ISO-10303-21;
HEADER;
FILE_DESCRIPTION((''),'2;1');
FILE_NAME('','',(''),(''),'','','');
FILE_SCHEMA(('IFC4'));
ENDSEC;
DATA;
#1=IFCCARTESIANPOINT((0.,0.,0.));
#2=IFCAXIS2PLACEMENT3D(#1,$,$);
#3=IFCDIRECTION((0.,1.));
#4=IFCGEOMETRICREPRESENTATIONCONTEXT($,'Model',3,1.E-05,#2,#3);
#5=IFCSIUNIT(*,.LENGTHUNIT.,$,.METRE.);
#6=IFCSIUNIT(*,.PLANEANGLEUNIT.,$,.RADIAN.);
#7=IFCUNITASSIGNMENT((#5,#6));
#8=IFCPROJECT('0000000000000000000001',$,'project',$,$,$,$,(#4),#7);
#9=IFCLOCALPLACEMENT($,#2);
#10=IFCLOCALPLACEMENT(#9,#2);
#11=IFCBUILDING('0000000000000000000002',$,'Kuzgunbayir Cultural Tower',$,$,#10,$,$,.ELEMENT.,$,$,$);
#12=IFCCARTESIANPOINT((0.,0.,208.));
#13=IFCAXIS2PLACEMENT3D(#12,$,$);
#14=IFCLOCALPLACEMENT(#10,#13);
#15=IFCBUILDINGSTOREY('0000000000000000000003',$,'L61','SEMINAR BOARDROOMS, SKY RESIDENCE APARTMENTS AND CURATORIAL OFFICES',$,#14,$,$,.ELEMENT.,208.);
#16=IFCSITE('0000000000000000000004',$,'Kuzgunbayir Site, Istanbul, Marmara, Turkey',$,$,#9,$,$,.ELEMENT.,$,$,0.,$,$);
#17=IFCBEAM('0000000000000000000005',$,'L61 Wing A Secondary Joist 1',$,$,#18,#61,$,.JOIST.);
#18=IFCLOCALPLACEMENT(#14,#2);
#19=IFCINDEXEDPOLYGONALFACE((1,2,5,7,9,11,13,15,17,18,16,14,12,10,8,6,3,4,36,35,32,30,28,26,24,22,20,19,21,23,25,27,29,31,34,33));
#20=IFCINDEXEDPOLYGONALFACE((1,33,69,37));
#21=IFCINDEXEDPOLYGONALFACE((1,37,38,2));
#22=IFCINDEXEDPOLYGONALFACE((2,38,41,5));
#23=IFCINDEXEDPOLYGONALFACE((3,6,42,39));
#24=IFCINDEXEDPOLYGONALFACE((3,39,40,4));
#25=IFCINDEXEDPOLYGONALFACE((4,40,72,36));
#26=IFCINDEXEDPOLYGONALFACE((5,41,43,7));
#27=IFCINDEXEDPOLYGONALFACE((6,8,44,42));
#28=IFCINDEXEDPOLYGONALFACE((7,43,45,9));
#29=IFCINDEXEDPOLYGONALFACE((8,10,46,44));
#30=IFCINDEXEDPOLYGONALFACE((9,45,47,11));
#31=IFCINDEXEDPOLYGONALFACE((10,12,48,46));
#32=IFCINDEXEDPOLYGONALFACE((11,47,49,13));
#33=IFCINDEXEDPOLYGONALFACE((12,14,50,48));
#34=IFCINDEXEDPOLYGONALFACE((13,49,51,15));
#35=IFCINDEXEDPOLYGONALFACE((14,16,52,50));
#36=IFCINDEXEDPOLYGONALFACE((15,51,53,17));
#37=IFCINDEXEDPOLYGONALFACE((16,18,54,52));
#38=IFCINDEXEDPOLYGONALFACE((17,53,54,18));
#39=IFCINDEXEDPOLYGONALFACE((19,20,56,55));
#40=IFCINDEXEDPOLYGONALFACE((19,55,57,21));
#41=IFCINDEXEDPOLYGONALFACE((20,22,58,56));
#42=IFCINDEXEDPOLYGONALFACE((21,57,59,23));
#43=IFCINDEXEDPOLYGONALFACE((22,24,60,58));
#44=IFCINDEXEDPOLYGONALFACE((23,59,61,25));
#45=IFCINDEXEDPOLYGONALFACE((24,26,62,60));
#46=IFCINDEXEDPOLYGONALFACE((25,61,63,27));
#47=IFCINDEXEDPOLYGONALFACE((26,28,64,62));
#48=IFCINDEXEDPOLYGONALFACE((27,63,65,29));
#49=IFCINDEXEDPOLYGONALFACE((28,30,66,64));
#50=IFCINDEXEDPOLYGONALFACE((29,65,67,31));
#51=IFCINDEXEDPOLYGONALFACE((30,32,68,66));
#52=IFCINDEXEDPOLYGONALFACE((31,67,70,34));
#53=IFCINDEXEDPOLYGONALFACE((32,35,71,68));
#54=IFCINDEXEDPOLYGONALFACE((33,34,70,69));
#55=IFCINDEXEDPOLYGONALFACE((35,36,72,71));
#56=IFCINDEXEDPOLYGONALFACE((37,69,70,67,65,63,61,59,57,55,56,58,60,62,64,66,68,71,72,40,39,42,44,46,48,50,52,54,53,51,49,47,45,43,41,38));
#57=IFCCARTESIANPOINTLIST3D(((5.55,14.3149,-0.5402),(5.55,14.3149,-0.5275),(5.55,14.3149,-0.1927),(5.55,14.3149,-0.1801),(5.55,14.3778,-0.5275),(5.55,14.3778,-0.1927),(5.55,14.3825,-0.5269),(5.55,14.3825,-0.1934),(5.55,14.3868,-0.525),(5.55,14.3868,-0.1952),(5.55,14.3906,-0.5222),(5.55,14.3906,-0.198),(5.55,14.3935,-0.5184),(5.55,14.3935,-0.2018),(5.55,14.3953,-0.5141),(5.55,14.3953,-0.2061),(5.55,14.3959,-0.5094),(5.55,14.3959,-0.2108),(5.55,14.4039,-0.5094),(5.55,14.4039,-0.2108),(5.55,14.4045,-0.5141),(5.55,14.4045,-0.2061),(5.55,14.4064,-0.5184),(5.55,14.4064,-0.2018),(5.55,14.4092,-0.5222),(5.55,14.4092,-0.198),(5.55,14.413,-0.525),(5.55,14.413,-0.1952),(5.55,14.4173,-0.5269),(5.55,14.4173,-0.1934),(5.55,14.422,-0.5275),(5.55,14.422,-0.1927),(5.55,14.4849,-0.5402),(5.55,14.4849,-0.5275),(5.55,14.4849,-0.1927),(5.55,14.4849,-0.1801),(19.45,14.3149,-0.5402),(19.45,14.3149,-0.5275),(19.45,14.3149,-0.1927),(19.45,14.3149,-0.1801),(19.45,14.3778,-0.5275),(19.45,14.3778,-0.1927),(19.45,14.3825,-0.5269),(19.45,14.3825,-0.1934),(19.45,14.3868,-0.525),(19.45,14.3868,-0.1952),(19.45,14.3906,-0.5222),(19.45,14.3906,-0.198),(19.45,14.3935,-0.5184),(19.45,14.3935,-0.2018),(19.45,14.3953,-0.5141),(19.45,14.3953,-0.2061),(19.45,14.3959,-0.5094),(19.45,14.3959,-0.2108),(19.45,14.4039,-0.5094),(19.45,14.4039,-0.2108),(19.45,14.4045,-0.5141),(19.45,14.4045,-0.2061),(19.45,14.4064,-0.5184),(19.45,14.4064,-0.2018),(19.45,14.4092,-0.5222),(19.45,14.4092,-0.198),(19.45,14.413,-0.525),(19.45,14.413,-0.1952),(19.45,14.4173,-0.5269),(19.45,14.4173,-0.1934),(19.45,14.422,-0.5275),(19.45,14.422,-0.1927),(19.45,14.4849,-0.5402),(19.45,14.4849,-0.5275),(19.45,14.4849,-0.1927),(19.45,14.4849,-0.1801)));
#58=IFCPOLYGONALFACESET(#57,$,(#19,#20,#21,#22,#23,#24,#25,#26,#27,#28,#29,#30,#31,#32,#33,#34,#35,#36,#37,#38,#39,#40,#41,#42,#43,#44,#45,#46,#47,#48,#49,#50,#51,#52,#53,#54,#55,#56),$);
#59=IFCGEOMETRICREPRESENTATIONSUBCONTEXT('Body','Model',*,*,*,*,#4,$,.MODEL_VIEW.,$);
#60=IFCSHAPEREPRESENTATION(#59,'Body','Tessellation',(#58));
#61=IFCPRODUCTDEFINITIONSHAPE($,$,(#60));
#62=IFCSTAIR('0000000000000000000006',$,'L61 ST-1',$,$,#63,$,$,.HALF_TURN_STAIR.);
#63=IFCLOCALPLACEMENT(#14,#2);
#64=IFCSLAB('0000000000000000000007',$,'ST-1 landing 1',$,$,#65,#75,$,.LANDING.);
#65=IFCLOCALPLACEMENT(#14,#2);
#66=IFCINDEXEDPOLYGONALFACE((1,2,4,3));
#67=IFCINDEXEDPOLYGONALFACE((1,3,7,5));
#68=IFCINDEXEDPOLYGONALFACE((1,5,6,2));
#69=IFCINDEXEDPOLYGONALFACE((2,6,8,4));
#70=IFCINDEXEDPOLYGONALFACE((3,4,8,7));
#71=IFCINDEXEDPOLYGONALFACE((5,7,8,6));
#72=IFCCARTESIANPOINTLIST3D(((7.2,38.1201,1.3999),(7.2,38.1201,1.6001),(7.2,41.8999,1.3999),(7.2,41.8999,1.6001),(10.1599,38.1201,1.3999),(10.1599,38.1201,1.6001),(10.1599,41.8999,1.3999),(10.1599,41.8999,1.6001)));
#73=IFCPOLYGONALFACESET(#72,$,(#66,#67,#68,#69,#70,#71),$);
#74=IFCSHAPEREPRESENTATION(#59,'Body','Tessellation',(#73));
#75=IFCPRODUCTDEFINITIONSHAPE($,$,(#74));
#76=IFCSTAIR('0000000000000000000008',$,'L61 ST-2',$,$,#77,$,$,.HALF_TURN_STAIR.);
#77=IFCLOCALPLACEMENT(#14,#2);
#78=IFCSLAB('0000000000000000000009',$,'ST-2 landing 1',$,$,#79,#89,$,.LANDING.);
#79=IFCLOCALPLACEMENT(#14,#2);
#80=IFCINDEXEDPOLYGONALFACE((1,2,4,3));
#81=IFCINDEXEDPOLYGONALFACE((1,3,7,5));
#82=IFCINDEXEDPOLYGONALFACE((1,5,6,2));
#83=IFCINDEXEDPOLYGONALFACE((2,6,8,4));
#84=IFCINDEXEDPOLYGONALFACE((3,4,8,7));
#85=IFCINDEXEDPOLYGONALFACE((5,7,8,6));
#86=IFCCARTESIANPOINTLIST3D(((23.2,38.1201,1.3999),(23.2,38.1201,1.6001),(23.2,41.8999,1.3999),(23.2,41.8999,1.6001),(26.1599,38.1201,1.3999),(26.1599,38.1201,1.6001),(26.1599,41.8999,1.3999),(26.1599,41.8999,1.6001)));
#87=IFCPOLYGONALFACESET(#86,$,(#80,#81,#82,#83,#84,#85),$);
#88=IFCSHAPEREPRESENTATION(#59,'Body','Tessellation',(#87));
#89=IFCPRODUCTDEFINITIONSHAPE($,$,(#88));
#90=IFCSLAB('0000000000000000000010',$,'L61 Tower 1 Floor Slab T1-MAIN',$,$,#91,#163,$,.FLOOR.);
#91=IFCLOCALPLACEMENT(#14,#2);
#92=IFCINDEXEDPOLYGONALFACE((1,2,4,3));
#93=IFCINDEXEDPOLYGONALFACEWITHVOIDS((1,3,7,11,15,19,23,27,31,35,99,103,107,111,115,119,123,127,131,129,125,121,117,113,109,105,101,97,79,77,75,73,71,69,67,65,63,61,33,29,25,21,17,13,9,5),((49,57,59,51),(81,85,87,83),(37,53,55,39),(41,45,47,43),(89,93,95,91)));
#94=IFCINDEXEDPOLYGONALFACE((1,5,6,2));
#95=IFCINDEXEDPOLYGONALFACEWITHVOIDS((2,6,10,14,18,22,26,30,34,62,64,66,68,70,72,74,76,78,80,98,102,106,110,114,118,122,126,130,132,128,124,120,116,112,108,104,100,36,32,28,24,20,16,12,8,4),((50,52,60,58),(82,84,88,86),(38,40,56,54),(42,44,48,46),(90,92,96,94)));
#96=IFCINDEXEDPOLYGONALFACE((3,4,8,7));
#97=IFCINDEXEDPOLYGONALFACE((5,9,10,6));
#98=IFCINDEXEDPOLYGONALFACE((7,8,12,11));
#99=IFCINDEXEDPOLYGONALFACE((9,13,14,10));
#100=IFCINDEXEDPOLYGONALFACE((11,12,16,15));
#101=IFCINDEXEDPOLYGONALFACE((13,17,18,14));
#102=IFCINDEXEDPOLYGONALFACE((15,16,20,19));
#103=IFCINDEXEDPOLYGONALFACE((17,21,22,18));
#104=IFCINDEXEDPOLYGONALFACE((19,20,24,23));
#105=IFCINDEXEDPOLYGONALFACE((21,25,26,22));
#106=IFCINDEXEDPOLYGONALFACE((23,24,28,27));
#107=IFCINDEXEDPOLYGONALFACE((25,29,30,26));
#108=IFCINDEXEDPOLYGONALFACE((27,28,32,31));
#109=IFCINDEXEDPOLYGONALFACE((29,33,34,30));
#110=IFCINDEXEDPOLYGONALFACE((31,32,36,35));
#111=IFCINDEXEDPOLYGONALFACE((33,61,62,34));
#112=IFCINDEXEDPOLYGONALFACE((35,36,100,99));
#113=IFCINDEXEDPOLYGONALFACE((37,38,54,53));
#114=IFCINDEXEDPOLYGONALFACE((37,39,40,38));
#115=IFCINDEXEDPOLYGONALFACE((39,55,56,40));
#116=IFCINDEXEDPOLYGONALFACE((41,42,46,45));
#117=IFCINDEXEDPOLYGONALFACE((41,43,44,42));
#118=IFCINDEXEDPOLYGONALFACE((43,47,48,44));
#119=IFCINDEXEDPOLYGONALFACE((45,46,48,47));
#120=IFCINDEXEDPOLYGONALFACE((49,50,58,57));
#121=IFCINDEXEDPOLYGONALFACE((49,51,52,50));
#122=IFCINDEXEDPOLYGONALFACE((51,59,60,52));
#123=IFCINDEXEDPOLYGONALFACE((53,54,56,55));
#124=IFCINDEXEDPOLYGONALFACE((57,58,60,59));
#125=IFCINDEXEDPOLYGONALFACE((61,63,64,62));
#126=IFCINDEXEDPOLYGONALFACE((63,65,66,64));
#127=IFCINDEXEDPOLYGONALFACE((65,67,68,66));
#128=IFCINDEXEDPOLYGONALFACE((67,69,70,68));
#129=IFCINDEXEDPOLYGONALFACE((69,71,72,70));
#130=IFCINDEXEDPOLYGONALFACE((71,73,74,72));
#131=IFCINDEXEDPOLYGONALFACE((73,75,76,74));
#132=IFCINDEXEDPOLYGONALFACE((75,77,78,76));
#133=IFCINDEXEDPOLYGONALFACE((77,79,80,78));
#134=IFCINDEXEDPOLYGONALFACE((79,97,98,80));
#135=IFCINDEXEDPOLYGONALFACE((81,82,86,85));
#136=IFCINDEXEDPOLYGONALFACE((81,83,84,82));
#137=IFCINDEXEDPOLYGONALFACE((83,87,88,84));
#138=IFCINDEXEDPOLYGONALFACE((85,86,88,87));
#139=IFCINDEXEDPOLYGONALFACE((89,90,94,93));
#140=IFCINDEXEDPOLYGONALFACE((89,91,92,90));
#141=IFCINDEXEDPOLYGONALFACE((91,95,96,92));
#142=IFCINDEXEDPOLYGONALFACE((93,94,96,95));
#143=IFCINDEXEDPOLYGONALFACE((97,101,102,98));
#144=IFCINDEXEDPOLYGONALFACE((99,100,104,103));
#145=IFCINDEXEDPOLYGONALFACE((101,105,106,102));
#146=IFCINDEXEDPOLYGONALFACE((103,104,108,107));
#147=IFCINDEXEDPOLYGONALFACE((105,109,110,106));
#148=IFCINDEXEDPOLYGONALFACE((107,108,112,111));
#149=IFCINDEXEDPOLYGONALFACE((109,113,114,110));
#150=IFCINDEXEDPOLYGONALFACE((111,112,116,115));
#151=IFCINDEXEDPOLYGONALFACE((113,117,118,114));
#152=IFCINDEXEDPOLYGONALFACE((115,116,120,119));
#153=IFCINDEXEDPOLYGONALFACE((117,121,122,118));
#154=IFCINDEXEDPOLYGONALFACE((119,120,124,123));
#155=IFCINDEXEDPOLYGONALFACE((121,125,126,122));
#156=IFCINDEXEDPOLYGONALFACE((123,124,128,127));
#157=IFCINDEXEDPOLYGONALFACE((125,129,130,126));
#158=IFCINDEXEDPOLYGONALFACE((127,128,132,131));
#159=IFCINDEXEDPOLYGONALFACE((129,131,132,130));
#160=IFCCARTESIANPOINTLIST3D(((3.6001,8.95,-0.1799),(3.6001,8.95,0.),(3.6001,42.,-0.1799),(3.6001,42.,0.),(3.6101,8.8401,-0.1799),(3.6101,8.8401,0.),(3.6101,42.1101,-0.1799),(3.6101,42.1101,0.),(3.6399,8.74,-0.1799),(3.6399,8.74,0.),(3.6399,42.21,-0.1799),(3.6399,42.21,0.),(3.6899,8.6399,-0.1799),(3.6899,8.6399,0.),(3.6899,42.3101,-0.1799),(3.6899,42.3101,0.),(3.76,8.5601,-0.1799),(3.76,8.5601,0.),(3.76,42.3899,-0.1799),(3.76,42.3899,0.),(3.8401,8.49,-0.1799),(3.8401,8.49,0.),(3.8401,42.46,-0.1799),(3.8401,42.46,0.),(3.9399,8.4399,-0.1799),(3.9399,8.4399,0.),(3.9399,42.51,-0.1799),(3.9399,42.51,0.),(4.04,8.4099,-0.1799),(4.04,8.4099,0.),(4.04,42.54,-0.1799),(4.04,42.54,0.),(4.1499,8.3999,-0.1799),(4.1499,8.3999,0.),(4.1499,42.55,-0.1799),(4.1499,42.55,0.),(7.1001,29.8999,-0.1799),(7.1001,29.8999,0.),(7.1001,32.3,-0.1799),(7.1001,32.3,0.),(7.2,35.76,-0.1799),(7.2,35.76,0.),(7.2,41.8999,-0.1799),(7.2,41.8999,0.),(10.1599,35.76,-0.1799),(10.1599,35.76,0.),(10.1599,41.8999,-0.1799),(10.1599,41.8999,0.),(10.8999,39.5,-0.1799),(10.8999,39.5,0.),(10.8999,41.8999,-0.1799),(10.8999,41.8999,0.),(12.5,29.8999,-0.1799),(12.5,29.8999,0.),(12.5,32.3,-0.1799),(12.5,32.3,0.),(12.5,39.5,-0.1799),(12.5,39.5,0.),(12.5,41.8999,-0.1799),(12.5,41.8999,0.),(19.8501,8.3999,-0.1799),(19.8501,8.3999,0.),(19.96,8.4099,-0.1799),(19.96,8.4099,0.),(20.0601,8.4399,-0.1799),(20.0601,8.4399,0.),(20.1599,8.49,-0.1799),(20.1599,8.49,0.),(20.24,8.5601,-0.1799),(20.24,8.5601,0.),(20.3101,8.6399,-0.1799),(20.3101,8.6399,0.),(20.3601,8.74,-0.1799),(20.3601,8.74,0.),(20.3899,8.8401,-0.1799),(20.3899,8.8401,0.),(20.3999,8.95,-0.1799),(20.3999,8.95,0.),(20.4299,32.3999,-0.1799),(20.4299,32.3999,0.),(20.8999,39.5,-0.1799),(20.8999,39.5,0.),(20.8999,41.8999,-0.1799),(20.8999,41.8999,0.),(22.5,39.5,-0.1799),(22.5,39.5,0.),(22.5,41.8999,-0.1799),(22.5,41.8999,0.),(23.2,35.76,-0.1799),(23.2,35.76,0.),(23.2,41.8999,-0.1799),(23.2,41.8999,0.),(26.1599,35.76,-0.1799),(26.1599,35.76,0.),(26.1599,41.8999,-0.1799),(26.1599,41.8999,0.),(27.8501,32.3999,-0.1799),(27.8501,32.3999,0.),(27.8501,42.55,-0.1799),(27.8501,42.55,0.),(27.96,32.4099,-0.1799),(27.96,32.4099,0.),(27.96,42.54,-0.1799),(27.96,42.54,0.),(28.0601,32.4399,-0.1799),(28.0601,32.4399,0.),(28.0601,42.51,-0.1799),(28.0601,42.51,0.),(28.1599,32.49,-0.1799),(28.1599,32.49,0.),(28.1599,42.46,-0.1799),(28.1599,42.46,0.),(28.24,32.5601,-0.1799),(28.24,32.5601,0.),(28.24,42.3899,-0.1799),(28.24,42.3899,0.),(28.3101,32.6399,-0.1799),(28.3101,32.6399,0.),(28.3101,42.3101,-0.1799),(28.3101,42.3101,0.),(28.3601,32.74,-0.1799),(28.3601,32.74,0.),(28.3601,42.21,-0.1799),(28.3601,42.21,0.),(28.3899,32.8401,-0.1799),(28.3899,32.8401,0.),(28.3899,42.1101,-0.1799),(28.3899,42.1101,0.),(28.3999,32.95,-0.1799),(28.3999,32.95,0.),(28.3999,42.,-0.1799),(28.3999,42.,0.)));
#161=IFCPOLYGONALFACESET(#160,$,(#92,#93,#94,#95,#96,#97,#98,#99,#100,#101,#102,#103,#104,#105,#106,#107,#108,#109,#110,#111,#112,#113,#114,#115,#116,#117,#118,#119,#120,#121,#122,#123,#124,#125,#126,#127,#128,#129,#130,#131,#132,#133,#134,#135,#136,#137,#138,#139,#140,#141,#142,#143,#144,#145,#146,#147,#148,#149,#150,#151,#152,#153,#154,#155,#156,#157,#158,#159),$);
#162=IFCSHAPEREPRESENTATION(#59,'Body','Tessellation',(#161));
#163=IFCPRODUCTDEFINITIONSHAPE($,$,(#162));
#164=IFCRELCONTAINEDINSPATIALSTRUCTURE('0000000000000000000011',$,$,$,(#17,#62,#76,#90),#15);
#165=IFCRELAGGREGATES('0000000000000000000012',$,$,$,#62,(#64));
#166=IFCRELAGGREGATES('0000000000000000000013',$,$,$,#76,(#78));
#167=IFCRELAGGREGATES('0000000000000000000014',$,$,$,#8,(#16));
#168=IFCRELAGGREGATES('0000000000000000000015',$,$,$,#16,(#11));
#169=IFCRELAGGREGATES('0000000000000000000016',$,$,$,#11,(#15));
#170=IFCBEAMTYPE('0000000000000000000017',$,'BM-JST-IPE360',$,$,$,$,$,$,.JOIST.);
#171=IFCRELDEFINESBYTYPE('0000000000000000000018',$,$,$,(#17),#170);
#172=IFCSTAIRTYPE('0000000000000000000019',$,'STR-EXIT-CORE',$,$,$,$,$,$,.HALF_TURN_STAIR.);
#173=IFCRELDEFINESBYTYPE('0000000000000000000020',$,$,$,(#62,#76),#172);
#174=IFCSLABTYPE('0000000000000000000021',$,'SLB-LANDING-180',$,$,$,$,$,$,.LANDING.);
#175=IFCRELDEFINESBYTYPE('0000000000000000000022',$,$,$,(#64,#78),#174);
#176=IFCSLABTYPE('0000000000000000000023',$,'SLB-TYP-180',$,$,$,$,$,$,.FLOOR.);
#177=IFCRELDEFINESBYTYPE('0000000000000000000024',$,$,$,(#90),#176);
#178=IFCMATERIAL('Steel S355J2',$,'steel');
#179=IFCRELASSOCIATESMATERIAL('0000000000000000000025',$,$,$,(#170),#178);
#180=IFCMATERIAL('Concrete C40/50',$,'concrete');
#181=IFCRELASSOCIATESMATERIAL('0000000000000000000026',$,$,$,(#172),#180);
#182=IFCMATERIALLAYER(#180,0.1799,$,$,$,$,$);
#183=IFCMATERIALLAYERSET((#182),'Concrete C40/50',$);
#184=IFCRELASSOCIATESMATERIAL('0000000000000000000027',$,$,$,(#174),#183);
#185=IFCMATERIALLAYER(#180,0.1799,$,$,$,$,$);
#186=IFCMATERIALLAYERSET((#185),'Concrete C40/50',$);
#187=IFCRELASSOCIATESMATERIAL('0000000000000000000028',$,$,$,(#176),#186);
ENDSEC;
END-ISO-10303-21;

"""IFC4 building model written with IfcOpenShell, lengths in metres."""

from ifc_helpers import new_model, si_unit, direction, frame, origin, origin_2d, place, context, subcontext, project, spatial, polyline, i_section, outline, extrude, material, layer, layer_set, material_profile, profile_set, type_object, element, aggregate, save


model = new_model("IFC4")

# Units and contexts
model_context = context("Model", 3, precision=1e-05, world=origin(), true_north=direction((0.0, 1.0)))
body_context = subcontext(model_context, "Body", "Model", "MODEL_VIEW")
ifc_project = project(units=[si_unit("LENGTHUNIT", "METRE"), si_unit("PLANEANGLEUNIT", "RADIAN")], contexts=[model_context])

# Site, building, storey
site_placement = place(None, origin())
site = spatial("IfcSite", under=ifc_project, at=site_placement, Name="Kuzgunbayir Site, Istanbul, Marmara, Turkey", CompositionType="ELEMENT", RefElevation=0.0)
building_placement = place(site_placement, origin())
building = spatial("IfcBuilding", under=site, at=building_placement, Name="Kuzgunbayir Cultural Tower", CompositionType="ELEMENT")
storey_placement = place(building_placement, frame((0.0, 0.0, 208.0)))
storey = spatial("IfcBuildingStorey", under=building, at=storey_placement, Name="L61", Description="SEMINAR BOARDROOMS, SKY RESIDENCE APARTMENTS AND CURATORIAL OFFICES", CompositionType="ELEMENT", Elevation=208.0)

# Beam
ifc_material_1 = material(Name="Steel S355J2", Category="steel")
ifc_material_profile_1 = material_profile(ifc_material_1, i_section(OverallWidth=0.1699, OverallDepth=0.3601, WebThickness=0.0081, FlangeThickness=0.0127, FilletRadius=0.0181, at=origin_2d()), Name="IPE 360")
ifc_profile_set_1 = profile_set([ifc_material_profile_1], Name="Steel S355J2")
beam_type_1 = type_object("IfcBeamType", Name="BM-JST-IPE360", PredefinedType="JOIST", material=ifc_profile_set_1)
beam_1_placement = place(storey_placement, frame((5.55, 14.3999, -0.3601), z_axis=(1.0, 0.0, 0.0), x_axis=(0.0, 1.0, 0.0)))
element("IfcBeam", 1, at=beam_1_placement, inside=storey, type_object=beam_type_1, Name="L61 Wing A Secondary Joist 1", PredefinedType="JOIST", context=body_context, shape_type="SweptSolid", body=[
    extrude(i_section(OverallWidth=0.1699, OverallDepth=0.3601, WebThickness=0.0081, FlangeThickness=0.0127, FilletRadius=0.0181, at=origin_2d()), origin(), (0.0, 0.0, 1.0), 13.8999),
])

# Stairs, slabs
ifc_material_2 = material(Name="Concrete C40/50", Category="concrete")
stair_type = type_object("IfcStairType", Name="STR-EXIT-CORE", PredefinedType="HALF_TURN_STAIR", material=ifc_material_2)
stair_1_placement = place(storey_placement, origin())
stair_1 = element("IfcStair", 2, at=stair_1_placement, inside=storey, type_object=stair_type, Name="L61 ST-1", PredefinedType="HALF_TURN_STAIR")
ifc_layer_1 = layer(ifc_material_2, 0.1799)
ifc_layer_set_1 = layer_set([ifc_layer_1], Name="Concrete C40/50")
slab_type_1 = type_object("IfcSlabType", Name="SLB-LANDING-180", PredefinedType="LANDING", material=ifc_layer_set_1)
slab_1_placement = place(storey_placement, frame((0.0, 0.0, 1.3999)))
slab_1 = element("IfcSlab", 3, at=slab_1_placement, type_object=slab_type_1, Name="ST-1 landing 1", PredefinedType="LANDING", context=body_context, shape_type="SweptSolid", body=[
    extrude(outline(polyline([(10.1599, 38.1201), (10.1599, 41.8999), (7.2, 41.8999), (7.2, 38.1201), (10.1599, 38.1201)])), origin(), (0.0, 0.0, 1.0), 0.2002),
])
aggregate(stair_1, [slab_1])
stair_2_placement = place(storey_placement, origin())
stair_2 = element("IfcStair", 4, at=stair_2_placement, inside=storey, type_object=stair_type, Name="L61 ST-2", PredefinedType="HALF_TURN_STAIR")
slab_2_placement = place(storey_placement, frame((0.0, 0.0, 1.3999)))
slab_2 = element("IfcSlab", 5, at=slab_2_placement, type_object=slab_type_1, Name="ST-2 landing 1", PredefinedType="LANDING", context=body_context, shape_type="SweptSolid", body=[
    extrude(outline(polyline([(26.1599, 38.1201), (26.1599, 41.8999), (23.2, 41.8999), (23.2, 38.1201), (26.1599, 38.1201)])), origin(), (0.0, 0.0, 1.0), 0.2002),
])
aggregate(stair_2, [slab_2])

# Slab
ifc_layer_2 = layer(ifc_material_2, 0.1799)
ifc_layer_set_2 = layer_set([ifc_layer_2], Name="Concrete C40/50")
slab_type_2 = type_object("IfcSlabType", Name="SLB-TYP-180", PredefinedType="FLOOR", material=ifc_layer_set_2)
slab_3_placement = place(storey_placement, frame((0.0, 0.0, -0.1799)))
element("IfcSlab", 6, at=slab_3_placement, inside=storey, type_object=slab_type_2, Name="L61 Tower 1 Floor Slab T1-MAIN", PredefinedType="FLOOR", context=body_context, shape_type="SweptSolid", body=[
    extrude(outline(polyline([(20.3999, 8.95), (20.3899, 8.8401), (20.3601, 8.74), (20.3101, 8.6399), (20.24, 8.5601), (20.1599, 8.49), (20.0601, 8.4399), (19.96, 8.4099), (19.8501, 8.3999), (4.1499, 8.3999), (4.04, 8.4099), (3.9399, 8.4399), (3.8401, 8.49), (3.76, 8.5601), (3.6899, 8.6399), (3.6399, 8.74), (3.6101, 8.8401), (3.6001, 8.95), (3.6001, 42.0), (3.6101, 42.1101), (3.6399, 42.21), (3.6899, 42.3101), (3.76, 42.3899), (3.8401, 42.46), (3.9399, 42.51), (4.04, 42.54), (4.1499, 42.55), (27.8501, 42.55), (27.96, 42.54), (28.0601, 42.51), (28.1599, 42.46), (28.24, 42.3899), (28.3101, 42.3101), (28.3601, 42.21), (28.3899, 42.1101), (28.3999, 42.0), (28.3999, 32.95), (28.3899, 32.8401), (28.3601, 32.74), (28.3101, 32.6399), (28.24, 32.5601), (28.1599, 32.49), (28.0601, 32.4399), (27.96, 32.4099), (27.8501, 32.3999), (20.4299, 32.3999), (20.3999, 8.95)]), holes=[polyline([(7.2, 35.76), (7.2, 41.8999), (10.1599, 41.8999), (10.1599, 35.76), (7.2, 35.76)]), polyline([(23.2, 35.76), (23.2, 41.8999), (26.1599, 41.8999), (26.1599, 35.76), (23.2, 35.76)]), polyline([(7.1001, 29.8999), (7.1001, 32.3), (12.5, 32.3), (12.5, 29.8999), (7.1001, 29.8999)]), polyline([(10.8999, 39.5), (10.8999, 41.8999), (12.5, 41.8999), (12.5, 39.5), (10.8999, 39.5)]), polyline([(20.8999, 39.5), (20.8999, 41.8999), (22.5, 41.8999), (22.5, 39.5), (20.8999, 39.5)])]), origin(), (0.0, 0.0, 1.0), 0.1799),
])

save(model, "model.ifc")
